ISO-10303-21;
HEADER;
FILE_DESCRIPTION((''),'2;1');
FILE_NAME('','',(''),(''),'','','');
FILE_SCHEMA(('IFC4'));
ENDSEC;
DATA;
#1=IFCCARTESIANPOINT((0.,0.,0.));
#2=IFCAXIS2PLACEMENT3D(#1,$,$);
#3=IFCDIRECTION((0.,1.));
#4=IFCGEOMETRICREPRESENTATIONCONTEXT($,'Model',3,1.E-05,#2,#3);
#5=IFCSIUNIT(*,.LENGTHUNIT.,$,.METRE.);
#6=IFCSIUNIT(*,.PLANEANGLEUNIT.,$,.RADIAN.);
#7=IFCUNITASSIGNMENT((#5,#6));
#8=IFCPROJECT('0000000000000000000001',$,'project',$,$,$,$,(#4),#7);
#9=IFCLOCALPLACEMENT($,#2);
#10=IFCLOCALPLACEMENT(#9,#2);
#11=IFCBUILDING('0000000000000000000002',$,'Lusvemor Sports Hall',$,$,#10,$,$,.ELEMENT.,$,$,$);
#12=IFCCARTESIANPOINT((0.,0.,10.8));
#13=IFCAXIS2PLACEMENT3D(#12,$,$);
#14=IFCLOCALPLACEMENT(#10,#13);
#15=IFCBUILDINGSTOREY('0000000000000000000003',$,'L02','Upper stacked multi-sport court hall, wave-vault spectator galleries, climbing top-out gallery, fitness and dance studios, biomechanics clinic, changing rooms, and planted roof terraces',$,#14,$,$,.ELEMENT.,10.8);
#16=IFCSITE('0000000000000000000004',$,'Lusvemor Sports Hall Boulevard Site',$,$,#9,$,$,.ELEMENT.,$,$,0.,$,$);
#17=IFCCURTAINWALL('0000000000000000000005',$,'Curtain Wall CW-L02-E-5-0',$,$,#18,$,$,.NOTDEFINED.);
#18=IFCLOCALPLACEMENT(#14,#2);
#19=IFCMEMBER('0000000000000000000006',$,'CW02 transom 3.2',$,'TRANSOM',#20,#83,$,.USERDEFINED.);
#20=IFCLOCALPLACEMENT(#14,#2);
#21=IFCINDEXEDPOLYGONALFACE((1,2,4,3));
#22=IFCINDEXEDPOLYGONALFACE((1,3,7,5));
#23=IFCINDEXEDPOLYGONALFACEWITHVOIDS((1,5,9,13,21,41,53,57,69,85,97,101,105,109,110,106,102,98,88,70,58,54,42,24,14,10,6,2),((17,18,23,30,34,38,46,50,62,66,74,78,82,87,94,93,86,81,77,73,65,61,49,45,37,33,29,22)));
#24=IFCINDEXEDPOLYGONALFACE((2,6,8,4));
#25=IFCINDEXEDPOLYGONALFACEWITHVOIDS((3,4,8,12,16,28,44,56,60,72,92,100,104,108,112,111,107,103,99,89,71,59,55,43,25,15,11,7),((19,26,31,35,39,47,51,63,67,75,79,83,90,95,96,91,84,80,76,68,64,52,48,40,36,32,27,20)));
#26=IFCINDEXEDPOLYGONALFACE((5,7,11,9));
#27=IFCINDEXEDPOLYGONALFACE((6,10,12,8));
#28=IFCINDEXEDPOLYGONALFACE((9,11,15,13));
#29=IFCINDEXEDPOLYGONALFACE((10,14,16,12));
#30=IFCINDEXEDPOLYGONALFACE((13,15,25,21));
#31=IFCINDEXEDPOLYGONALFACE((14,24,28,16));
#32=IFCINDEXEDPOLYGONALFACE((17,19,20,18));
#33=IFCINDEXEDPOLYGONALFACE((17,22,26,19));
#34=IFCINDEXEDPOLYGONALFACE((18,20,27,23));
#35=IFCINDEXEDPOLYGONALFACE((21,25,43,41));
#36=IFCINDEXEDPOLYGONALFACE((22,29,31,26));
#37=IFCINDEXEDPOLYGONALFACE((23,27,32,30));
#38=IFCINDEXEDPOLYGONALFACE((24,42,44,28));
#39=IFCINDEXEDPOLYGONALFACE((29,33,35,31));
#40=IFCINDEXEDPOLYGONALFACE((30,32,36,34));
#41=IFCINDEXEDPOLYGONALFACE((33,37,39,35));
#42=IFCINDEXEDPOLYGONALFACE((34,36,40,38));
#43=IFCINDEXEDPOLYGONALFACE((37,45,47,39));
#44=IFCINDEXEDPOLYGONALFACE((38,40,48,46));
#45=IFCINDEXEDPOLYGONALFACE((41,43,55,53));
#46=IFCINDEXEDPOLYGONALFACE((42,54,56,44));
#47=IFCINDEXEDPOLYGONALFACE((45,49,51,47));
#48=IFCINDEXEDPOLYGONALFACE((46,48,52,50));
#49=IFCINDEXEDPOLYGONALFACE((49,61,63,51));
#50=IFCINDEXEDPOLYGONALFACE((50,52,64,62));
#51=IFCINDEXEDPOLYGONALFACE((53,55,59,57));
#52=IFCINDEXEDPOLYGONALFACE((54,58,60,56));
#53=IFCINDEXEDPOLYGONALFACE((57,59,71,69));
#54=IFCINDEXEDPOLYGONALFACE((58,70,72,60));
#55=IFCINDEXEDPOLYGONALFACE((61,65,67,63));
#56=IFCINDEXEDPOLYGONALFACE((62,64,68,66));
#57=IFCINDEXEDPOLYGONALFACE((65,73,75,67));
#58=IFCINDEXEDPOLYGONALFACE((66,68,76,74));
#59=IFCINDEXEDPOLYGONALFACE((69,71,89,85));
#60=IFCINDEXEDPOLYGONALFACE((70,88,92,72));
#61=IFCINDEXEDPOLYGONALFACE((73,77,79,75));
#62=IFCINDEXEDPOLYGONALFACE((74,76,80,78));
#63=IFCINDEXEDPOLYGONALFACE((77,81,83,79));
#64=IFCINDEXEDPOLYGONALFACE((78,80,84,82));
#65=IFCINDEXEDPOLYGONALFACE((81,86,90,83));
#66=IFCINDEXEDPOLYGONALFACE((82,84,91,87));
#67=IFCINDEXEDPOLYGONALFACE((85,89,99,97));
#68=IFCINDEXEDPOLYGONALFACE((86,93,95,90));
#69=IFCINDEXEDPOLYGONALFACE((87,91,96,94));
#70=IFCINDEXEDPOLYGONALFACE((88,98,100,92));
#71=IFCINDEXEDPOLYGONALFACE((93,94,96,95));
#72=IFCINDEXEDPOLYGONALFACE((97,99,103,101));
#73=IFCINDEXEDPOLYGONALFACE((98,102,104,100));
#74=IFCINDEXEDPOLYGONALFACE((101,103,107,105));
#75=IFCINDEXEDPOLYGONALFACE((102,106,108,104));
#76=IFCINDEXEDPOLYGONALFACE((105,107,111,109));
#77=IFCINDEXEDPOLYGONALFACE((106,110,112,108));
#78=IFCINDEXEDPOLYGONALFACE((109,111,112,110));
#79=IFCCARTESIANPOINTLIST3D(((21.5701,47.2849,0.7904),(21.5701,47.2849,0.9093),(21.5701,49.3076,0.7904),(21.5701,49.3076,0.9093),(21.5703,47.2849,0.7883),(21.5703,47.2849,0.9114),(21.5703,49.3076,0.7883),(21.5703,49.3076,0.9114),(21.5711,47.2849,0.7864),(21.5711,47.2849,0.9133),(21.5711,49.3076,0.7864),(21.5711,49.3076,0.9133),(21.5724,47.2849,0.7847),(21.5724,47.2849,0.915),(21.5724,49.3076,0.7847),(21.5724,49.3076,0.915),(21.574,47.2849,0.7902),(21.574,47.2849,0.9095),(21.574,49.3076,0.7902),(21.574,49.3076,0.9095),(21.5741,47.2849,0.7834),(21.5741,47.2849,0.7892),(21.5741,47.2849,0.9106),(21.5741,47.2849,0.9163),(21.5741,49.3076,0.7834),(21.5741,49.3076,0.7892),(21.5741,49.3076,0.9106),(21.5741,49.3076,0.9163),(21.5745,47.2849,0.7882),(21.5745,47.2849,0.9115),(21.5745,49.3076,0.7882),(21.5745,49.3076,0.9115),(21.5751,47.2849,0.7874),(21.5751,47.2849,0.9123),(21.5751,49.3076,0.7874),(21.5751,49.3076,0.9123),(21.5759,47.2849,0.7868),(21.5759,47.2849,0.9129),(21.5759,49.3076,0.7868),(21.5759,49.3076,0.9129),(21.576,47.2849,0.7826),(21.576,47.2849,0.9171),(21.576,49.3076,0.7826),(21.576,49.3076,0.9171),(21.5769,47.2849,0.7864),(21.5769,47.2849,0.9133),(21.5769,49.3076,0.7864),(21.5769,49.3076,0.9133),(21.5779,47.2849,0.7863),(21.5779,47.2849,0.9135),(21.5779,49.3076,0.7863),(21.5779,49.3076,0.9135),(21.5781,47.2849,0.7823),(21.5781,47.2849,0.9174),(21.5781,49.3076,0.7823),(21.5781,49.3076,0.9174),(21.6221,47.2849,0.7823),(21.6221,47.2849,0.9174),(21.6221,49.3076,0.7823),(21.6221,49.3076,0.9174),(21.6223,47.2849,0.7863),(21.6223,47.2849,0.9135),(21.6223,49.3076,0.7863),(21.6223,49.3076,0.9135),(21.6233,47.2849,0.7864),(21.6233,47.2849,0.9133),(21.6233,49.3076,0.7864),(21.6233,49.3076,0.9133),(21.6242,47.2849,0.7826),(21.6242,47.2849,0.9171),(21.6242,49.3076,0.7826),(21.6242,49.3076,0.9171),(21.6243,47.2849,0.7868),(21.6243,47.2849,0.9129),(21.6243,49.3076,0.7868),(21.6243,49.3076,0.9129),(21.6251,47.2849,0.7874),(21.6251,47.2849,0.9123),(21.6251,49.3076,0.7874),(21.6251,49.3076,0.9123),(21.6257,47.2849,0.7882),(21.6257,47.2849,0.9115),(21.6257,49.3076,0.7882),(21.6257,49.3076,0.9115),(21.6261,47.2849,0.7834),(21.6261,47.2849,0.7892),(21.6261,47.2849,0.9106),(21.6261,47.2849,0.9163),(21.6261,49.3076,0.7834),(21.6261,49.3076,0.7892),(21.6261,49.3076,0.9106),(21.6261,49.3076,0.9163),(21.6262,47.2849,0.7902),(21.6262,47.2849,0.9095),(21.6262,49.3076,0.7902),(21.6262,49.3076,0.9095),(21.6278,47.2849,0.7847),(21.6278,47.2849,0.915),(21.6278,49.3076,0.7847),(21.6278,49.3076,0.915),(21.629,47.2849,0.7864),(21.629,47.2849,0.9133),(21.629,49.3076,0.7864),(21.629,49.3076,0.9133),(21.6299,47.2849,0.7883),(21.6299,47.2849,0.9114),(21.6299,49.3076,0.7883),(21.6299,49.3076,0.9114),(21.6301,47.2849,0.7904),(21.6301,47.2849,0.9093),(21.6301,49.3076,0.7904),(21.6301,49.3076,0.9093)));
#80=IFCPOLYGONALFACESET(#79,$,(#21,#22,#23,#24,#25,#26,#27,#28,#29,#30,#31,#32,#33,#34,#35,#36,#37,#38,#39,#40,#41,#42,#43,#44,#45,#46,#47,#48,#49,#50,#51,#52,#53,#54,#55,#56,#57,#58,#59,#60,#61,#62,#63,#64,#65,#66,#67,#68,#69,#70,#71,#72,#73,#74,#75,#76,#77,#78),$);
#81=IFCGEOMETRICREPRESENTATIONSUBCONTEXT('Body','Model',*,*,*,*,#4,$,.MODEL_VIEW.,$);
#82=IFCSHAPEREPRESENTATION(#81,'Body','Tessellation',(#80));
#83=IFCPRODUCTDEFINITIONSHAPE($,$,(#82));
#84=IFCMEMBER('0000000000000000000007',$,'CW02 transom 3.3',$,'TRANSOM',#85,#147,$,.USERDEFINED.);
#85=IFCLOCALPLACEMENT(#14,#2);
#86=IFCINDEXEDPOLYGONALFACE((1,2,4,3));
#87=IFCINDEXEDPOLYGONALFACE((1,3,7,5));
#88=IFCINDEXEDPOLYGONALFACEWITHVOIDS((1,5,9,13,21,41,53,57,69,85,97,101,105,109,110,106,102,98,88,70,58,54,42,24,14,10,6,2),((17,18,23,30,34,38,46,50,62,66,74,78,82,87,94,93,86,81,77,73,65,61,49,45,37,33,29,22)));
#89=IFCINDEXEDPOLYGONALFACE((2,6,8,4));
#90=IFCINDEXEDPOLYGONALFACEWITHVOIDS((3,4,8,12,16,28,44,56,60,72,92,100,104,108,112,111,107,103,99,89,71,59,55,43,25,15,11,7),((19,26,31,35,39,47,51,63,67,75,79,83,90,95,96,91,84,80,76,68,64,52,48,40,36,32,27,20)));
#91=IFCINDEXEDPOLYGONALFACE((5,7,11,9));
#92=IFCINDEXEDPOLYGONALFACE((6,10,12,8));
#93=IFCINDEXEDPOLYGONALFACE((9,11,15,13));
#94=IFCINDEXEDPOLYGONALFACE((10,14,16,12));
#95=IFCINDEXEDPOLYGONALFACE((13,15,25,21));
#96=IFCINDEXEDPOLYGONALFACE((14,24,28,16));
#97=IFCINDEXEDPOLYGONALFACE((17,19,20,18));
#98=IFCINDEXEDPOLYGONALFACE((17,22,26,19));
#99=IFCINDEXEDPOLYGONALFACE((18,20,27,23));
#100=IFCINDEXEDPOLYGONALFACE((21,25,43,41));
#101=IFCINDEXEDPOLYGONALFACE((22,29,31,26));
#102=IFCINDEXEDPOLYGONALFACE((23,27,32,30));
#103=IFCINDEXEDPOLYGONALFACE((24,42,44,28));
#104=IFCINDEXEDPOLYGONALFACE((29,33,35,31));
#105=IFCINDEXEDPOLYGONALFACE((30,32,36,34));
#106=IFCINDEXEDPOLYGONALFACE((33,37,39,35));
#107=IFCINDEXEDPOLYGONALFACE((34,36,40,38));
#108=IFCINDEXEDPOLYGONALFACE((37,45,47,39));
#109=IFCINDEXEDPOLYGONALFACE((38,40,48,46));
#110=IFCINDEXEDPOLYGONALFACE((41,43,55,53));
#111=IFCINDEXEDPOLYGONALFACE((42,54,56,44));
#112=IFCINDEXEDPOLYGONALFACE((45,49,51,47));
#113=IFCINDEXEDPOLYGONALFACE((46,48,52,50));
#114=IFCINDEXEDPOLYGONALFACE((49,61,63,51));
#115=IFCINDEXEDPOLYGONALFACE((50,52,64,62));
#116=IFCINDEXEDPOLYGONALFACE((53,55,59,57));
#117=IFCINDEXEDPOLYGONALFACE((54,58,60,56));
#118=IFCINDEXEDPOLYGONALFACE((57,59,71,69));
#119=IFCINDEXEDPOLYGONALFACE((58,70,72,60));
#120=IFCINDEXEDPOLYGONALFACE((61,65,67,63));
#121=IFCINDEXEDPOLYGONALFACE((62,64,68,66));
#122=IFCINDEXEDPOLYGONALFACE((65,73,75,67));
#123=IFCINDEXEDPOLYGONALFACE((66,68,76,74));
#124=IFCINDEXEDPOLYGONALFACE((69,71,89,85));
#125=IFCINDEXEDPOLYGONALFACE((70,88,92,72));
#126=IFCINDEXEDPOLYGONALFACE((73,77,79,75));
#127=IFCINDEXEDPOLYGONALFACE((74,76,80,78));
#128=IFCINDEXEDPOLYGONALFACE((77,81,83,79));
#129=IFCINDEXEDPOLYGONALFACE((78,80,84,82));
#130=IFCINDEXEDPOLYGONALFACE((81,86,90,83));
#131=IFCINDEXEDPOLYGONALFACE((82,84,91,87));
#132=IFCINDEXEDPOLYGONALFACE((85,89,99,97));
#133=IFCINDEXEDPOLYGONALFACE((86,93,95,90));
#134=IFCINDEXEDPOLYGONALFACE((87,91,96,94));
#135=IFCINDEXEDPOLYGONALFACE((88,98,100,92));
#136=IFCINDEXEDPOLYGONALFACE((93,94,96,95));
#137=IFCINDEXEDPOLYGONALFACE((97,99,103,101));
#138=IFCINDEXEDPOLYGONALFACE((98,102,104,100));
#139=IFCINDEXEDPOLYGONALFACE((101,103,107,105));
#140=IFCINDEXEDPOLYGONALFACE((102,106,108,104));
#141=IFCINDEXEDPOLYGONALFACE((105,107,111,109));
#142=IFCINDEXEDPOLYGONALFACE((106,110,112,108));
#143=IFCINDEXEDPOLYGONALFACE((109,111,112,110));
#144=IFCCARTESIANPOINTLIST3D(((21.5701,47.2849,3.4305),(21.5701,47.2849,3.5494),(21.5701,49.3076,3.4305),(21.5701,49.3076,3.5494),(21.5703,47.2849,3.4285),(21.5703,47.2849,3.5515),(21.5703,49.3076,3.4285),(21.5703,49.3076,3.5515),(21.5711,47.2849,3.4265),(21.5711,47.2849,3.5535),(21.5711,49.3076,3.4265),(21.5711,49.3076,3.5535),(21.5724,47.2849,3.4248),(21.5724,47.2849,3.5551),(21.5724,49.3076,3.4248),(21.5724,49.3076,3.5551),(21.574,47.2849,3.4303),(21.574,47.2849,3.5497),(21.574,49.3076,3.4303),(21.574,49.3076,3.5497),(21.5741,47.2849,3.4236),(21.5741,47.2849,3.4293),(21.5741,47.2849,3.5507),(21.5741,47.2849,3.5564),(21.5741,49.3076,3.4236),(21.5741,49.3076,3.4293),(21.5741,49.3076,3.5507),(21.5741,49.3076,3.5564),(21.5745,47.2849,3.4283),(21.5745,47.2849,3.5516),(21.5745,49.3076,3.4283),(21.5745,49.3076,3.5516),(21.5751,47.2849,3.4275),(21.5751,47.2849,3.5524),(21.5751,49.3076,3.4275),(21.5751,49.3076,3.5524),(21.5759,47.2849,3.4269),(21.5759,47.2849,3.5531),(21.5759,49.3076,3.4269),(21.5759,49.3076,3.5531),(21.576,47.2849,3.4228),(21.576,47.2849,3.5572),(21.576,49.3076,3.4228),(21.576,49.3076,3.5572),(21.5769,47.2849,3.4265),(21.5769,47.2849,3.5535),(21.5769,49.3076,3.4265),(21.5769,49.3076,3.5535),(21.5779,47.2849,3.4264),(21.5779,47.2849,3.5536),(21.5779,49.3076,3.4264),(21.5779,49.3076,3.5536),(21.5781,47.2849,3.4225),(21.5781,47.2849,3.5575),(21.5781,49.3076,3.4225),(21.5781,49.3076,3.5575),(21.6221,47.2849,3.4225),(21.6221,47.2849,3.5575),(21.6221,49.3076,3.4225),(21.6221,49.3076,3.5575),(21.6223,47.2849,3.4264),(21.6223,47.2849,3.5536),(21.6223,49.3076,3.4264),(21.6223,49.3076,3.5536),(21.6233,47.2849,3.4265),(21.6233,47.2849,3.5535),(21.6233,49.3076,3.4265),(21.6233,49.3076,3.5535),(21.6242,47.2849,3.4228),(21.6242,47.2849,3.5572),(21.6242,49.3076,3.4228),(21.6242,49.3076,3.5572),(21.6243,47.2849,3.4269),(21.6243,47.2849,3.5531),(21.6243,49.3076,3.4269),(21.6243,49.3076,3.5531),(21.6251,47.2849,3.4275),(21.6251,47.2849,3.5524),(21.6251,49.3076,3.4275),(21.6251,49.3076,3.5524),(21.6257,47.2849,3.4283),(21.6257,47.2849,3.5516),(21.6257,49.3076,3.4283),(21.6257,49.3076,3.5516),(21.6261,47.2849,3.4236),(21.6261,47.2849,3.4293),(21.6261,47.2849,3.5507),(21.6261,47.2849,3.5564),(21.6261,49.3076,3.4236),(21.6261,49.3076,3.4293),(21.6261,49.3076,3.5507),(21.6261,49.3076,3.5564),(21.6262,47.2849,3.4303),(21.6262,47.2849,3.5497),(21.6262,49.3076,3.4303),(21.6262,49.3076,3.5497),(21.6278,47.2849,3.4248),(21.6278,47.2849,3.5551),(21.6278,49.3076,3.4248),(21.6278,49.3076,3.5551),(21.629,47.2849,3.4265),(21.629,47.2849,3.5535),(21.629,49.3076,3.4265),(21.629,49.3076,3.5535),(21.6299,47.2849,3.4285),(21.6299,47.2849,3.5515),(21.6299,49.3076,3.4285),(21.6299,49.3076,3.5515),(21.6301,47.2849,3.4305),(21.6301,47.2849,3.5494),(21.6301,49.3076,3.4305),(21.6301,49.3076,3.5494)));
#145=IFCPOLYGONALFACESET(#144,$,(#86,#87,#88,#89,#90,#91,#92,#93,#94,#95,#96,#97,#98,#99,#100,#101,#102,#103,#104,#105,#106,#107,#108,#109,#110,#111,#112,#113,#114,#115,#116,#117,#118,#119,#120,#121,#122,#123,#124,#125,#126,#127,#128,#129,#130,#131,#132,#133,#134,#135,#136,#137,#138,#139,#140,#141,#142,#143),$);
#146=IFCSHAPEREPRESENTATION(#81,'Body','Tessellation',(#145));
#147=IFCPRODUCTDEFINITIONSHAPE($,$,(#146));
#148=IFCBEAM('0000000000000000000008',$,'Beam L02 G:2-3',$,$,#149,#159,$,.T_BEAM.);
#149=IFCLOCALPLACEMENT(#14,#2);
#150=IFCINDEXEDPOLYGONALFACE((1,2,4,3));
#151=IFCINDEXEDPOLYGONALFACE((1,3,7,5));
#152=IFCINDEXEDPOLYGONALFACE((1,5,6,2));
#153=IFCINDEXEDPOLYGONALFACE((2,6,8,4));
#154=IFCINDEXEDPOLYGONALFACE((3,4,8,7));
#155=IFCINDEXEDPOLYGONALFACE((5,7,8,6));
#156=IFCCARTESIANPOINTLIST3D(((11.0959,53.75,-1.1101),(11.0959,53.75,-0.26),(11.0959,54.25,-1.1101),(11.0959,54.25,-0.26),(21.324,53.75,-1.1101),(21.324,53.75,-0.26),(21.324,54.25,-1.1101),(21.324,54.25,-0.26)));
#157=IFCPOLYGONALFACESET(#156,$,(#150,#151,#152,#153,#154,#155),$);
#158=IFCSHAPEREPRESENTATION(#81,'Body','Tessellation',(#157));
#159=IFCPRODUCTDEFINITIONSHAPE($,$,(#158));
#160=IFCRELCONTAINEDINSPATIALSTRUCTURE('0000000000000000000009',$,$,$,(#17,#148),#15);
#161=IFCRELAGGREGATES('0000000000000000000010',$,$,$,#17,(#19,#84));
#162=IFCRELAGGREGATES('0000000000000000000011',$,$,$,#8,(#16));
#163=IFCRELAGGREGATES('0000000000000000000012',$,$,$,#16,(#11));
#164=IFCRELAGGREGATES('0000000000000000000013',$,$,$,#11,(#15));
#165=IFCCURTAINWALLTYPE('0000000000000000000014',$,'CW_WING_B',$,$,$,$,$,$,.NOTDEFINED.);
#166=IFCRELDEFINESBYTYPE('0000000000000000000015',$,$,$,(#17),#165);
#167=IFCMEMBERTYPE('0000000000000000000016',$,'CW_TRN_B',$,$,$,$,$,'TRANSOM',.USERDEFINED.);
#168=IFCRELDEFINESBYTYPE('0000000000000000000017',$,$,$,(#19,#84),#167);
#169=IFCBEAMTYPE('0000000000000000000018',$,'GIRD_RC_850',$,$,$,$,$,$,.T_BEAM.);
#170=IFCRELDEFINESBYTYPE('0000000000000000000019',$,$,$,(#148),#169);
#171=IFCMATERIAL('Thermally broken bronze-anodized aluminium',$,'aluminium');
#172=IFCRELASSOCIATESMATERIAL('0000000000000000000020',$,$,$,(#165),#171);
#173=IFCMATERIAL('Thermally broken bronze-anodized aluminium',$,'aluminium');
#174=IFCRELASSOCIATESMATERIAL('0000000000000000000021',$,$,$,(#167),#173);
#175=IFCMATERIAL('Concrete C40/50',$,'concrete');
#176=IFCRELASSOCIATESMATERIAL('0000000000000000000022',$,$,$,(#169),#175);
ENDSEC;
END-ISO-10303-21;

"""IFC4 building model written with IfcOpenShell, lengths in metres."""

from ifc_helpers import new_model, si_unit, direction, frame, origin, origin_2d, place, context, subcontext, project, spatial, rectangle, hollow_rectangle, extrude, material, material_profile, profile_set, type_object, element, aggregate, save


model = new_model("IFC4")

# Units and contexts
model_context = context("Model", 3, precision=1e-05, world=origin(), true_north=direction((0.0, 1.0)))
body_context = subcontext(model_context, "Body", "Model", "MODEL_VIEW")
ifc_project = project(units=[si_unit("LENGTHUNIT", "METRE"), si_unit("PLANEANGLEUNIT", "RADIAN")], contexts=[model_context])

# Site, building, storey
site_placement = place(None, origin())
site = spatial("IfcSite", under=ifc_project, at=site_placement, Name="Lusvemor Sports Hall Boulevard Site", CompositionType="ELEMENT", RefElevation=0.0)
building_placement = place(site_placement, origin())
building = spatial("IfcBuilding", under=site, at=building_placement, Name="Lusvemor Sports Hall", CompositionType="ELEMENT")
storey_placement = place(building_placement, frame((0.0, 0.0, 10.8)))
storey = spatial("IfcBuildingStorey", under=building, at=storey_placement, Name="L02", Description="Upper stacked multi-sport court hall, wave-vault spectator galleries, climbing top-out gallery, fitness and dance studios, biomechanics clinic, changing rooms, and planted roof terraces", CompositionType="ELEMENT", Elevation=10.8)

# Curtain wall, members
ifc_material_1 = material(Name="Thermally broken bronze-anodized aluminium", Category="aluminium")
curtain_wall_type = type_object("IfcCurtainWallType", Name="CW_WING_B", PredefinedType="NOTDEFINED", material=ifc_material_1)
curtain_wall_placement = place(storey_placement, origin())
curtain_wall = element("IfcCurtainWall", 1, at=curtain_wall_placement, inside=storey, type_object=curtain_wall_type, Name="Curtain Wall CW-L02-E-5-0", PredefinedType="NOTDEFINED")
ifc_material_2 = material(Name="Thermally broken bronze-anodized aluminium", Category="aluminium")
ifc_material_profile_1 = material_profile(ifc_material_2, hollow_rectangle(XDim=0.0601, YDim=0.135, WallThickness=0.0039, InnerFilletRadius=0.0039, OuterFilletRadius=0.0081, at=origin_2d()), Name="CWTRN135x60x4")
ifc_profile_set_1 = profile_set([ifc_material_profile_1], Name="Thermally broken bronze-anodized aluminium")
member_type_1 = type_object("IfcMemberType", Name="CW_TRN_B", ElementType="TRANSOM", PredefinedType="USERDEFINED", material=ifc_profile_set_1)
member_1_placement = place(storey_placement, frame((21.6001, 49.3076, 0.8499), z_axis=(0.0, -1.0, 0.0), x_axis=(1.0, 0.0, 0.0)))
member_1 = element("IfcMember", 2, at=member_1_placement, type_object=member_type_1, Name="CW02 transom 3.2", ObjectType="TRANSOM", PredefinedType="USERDEFINED", context=body_context, shape_type="SweptSolid", body=[
    extrude(hollow_rectangle(XDim=0.0601, YDim=0.135, WallThickness=0.0039, InnerFilletRadius=0.0039, OuterFilletRadius=0.0081, at=origin_2d()), origin(), (0.0, 0.0, 1.0), 2.0227),
])
member_2_placement = place(storey_placement, frame((21.6001, 49.3076, 3.49), z_axis=(0.0, -1.0, 0.0), x_axis=(1.0, 0.0, 0.0)))
member_2 = element("IfcMember", 3, at=member_2_placement, type_object=member_type_1, Name="CW02 transom 3.3", ObjectType="TRANSOM", PredefinedType="USERDEFINED", context=body_context, shape_type="SweptSolid", body=[
    extrude(hollow_rectangle(XDim=0.0601, YDim=0.135, WallThickness=0.0039, InnerFilletRadius=0.0039, OuterFilletRadius=0.0081, at=origin_2d()), origin(), (0.0, 0.0, 1.0), 2.0227),
])

# Beam
ifc_material_3 = material(Name="Concrete C40/50", Category="concrete")
ifc_material_profile_2 = material_profile(ifc_material_3, rectangle(XDim=0.5, YDim=0.8501, at=origin_2d()), Name="RC500x850")
ifc_profile_set_2 = profile_set([ifc_material_profile_2], Name="Concrete C40/50")
beam_type_1 = type_object("IfcBeamType", Name="GIRD_RC_850", PredefinedType="T_BEAM", material=ifc_profile_set_2)
beam_1_placement = place(storey_placement, frame((11.0959, 54.0, -0.6851), z_axis=(1.0, 0.0, 0.0), x_axis=(0.0, 1.0, 0.0)))
element("IfcBeam", 4, at=beam_1_placement, inside=storey, type_object=beam_type_1, Name="Beam L02 G:2-3", PredefinedType="T_BEAM", context=body_context, shape_type="SweptSolid", body=[
    extrude(rectangle(XDim=0.5, YDim=0.8501, at=origin_2d()), origin(), (0.0, 0.0, 1.0), 10.228),
])

aggregate(curtain_wall, [member_1, member_2])

save(model, "model.ifc")
